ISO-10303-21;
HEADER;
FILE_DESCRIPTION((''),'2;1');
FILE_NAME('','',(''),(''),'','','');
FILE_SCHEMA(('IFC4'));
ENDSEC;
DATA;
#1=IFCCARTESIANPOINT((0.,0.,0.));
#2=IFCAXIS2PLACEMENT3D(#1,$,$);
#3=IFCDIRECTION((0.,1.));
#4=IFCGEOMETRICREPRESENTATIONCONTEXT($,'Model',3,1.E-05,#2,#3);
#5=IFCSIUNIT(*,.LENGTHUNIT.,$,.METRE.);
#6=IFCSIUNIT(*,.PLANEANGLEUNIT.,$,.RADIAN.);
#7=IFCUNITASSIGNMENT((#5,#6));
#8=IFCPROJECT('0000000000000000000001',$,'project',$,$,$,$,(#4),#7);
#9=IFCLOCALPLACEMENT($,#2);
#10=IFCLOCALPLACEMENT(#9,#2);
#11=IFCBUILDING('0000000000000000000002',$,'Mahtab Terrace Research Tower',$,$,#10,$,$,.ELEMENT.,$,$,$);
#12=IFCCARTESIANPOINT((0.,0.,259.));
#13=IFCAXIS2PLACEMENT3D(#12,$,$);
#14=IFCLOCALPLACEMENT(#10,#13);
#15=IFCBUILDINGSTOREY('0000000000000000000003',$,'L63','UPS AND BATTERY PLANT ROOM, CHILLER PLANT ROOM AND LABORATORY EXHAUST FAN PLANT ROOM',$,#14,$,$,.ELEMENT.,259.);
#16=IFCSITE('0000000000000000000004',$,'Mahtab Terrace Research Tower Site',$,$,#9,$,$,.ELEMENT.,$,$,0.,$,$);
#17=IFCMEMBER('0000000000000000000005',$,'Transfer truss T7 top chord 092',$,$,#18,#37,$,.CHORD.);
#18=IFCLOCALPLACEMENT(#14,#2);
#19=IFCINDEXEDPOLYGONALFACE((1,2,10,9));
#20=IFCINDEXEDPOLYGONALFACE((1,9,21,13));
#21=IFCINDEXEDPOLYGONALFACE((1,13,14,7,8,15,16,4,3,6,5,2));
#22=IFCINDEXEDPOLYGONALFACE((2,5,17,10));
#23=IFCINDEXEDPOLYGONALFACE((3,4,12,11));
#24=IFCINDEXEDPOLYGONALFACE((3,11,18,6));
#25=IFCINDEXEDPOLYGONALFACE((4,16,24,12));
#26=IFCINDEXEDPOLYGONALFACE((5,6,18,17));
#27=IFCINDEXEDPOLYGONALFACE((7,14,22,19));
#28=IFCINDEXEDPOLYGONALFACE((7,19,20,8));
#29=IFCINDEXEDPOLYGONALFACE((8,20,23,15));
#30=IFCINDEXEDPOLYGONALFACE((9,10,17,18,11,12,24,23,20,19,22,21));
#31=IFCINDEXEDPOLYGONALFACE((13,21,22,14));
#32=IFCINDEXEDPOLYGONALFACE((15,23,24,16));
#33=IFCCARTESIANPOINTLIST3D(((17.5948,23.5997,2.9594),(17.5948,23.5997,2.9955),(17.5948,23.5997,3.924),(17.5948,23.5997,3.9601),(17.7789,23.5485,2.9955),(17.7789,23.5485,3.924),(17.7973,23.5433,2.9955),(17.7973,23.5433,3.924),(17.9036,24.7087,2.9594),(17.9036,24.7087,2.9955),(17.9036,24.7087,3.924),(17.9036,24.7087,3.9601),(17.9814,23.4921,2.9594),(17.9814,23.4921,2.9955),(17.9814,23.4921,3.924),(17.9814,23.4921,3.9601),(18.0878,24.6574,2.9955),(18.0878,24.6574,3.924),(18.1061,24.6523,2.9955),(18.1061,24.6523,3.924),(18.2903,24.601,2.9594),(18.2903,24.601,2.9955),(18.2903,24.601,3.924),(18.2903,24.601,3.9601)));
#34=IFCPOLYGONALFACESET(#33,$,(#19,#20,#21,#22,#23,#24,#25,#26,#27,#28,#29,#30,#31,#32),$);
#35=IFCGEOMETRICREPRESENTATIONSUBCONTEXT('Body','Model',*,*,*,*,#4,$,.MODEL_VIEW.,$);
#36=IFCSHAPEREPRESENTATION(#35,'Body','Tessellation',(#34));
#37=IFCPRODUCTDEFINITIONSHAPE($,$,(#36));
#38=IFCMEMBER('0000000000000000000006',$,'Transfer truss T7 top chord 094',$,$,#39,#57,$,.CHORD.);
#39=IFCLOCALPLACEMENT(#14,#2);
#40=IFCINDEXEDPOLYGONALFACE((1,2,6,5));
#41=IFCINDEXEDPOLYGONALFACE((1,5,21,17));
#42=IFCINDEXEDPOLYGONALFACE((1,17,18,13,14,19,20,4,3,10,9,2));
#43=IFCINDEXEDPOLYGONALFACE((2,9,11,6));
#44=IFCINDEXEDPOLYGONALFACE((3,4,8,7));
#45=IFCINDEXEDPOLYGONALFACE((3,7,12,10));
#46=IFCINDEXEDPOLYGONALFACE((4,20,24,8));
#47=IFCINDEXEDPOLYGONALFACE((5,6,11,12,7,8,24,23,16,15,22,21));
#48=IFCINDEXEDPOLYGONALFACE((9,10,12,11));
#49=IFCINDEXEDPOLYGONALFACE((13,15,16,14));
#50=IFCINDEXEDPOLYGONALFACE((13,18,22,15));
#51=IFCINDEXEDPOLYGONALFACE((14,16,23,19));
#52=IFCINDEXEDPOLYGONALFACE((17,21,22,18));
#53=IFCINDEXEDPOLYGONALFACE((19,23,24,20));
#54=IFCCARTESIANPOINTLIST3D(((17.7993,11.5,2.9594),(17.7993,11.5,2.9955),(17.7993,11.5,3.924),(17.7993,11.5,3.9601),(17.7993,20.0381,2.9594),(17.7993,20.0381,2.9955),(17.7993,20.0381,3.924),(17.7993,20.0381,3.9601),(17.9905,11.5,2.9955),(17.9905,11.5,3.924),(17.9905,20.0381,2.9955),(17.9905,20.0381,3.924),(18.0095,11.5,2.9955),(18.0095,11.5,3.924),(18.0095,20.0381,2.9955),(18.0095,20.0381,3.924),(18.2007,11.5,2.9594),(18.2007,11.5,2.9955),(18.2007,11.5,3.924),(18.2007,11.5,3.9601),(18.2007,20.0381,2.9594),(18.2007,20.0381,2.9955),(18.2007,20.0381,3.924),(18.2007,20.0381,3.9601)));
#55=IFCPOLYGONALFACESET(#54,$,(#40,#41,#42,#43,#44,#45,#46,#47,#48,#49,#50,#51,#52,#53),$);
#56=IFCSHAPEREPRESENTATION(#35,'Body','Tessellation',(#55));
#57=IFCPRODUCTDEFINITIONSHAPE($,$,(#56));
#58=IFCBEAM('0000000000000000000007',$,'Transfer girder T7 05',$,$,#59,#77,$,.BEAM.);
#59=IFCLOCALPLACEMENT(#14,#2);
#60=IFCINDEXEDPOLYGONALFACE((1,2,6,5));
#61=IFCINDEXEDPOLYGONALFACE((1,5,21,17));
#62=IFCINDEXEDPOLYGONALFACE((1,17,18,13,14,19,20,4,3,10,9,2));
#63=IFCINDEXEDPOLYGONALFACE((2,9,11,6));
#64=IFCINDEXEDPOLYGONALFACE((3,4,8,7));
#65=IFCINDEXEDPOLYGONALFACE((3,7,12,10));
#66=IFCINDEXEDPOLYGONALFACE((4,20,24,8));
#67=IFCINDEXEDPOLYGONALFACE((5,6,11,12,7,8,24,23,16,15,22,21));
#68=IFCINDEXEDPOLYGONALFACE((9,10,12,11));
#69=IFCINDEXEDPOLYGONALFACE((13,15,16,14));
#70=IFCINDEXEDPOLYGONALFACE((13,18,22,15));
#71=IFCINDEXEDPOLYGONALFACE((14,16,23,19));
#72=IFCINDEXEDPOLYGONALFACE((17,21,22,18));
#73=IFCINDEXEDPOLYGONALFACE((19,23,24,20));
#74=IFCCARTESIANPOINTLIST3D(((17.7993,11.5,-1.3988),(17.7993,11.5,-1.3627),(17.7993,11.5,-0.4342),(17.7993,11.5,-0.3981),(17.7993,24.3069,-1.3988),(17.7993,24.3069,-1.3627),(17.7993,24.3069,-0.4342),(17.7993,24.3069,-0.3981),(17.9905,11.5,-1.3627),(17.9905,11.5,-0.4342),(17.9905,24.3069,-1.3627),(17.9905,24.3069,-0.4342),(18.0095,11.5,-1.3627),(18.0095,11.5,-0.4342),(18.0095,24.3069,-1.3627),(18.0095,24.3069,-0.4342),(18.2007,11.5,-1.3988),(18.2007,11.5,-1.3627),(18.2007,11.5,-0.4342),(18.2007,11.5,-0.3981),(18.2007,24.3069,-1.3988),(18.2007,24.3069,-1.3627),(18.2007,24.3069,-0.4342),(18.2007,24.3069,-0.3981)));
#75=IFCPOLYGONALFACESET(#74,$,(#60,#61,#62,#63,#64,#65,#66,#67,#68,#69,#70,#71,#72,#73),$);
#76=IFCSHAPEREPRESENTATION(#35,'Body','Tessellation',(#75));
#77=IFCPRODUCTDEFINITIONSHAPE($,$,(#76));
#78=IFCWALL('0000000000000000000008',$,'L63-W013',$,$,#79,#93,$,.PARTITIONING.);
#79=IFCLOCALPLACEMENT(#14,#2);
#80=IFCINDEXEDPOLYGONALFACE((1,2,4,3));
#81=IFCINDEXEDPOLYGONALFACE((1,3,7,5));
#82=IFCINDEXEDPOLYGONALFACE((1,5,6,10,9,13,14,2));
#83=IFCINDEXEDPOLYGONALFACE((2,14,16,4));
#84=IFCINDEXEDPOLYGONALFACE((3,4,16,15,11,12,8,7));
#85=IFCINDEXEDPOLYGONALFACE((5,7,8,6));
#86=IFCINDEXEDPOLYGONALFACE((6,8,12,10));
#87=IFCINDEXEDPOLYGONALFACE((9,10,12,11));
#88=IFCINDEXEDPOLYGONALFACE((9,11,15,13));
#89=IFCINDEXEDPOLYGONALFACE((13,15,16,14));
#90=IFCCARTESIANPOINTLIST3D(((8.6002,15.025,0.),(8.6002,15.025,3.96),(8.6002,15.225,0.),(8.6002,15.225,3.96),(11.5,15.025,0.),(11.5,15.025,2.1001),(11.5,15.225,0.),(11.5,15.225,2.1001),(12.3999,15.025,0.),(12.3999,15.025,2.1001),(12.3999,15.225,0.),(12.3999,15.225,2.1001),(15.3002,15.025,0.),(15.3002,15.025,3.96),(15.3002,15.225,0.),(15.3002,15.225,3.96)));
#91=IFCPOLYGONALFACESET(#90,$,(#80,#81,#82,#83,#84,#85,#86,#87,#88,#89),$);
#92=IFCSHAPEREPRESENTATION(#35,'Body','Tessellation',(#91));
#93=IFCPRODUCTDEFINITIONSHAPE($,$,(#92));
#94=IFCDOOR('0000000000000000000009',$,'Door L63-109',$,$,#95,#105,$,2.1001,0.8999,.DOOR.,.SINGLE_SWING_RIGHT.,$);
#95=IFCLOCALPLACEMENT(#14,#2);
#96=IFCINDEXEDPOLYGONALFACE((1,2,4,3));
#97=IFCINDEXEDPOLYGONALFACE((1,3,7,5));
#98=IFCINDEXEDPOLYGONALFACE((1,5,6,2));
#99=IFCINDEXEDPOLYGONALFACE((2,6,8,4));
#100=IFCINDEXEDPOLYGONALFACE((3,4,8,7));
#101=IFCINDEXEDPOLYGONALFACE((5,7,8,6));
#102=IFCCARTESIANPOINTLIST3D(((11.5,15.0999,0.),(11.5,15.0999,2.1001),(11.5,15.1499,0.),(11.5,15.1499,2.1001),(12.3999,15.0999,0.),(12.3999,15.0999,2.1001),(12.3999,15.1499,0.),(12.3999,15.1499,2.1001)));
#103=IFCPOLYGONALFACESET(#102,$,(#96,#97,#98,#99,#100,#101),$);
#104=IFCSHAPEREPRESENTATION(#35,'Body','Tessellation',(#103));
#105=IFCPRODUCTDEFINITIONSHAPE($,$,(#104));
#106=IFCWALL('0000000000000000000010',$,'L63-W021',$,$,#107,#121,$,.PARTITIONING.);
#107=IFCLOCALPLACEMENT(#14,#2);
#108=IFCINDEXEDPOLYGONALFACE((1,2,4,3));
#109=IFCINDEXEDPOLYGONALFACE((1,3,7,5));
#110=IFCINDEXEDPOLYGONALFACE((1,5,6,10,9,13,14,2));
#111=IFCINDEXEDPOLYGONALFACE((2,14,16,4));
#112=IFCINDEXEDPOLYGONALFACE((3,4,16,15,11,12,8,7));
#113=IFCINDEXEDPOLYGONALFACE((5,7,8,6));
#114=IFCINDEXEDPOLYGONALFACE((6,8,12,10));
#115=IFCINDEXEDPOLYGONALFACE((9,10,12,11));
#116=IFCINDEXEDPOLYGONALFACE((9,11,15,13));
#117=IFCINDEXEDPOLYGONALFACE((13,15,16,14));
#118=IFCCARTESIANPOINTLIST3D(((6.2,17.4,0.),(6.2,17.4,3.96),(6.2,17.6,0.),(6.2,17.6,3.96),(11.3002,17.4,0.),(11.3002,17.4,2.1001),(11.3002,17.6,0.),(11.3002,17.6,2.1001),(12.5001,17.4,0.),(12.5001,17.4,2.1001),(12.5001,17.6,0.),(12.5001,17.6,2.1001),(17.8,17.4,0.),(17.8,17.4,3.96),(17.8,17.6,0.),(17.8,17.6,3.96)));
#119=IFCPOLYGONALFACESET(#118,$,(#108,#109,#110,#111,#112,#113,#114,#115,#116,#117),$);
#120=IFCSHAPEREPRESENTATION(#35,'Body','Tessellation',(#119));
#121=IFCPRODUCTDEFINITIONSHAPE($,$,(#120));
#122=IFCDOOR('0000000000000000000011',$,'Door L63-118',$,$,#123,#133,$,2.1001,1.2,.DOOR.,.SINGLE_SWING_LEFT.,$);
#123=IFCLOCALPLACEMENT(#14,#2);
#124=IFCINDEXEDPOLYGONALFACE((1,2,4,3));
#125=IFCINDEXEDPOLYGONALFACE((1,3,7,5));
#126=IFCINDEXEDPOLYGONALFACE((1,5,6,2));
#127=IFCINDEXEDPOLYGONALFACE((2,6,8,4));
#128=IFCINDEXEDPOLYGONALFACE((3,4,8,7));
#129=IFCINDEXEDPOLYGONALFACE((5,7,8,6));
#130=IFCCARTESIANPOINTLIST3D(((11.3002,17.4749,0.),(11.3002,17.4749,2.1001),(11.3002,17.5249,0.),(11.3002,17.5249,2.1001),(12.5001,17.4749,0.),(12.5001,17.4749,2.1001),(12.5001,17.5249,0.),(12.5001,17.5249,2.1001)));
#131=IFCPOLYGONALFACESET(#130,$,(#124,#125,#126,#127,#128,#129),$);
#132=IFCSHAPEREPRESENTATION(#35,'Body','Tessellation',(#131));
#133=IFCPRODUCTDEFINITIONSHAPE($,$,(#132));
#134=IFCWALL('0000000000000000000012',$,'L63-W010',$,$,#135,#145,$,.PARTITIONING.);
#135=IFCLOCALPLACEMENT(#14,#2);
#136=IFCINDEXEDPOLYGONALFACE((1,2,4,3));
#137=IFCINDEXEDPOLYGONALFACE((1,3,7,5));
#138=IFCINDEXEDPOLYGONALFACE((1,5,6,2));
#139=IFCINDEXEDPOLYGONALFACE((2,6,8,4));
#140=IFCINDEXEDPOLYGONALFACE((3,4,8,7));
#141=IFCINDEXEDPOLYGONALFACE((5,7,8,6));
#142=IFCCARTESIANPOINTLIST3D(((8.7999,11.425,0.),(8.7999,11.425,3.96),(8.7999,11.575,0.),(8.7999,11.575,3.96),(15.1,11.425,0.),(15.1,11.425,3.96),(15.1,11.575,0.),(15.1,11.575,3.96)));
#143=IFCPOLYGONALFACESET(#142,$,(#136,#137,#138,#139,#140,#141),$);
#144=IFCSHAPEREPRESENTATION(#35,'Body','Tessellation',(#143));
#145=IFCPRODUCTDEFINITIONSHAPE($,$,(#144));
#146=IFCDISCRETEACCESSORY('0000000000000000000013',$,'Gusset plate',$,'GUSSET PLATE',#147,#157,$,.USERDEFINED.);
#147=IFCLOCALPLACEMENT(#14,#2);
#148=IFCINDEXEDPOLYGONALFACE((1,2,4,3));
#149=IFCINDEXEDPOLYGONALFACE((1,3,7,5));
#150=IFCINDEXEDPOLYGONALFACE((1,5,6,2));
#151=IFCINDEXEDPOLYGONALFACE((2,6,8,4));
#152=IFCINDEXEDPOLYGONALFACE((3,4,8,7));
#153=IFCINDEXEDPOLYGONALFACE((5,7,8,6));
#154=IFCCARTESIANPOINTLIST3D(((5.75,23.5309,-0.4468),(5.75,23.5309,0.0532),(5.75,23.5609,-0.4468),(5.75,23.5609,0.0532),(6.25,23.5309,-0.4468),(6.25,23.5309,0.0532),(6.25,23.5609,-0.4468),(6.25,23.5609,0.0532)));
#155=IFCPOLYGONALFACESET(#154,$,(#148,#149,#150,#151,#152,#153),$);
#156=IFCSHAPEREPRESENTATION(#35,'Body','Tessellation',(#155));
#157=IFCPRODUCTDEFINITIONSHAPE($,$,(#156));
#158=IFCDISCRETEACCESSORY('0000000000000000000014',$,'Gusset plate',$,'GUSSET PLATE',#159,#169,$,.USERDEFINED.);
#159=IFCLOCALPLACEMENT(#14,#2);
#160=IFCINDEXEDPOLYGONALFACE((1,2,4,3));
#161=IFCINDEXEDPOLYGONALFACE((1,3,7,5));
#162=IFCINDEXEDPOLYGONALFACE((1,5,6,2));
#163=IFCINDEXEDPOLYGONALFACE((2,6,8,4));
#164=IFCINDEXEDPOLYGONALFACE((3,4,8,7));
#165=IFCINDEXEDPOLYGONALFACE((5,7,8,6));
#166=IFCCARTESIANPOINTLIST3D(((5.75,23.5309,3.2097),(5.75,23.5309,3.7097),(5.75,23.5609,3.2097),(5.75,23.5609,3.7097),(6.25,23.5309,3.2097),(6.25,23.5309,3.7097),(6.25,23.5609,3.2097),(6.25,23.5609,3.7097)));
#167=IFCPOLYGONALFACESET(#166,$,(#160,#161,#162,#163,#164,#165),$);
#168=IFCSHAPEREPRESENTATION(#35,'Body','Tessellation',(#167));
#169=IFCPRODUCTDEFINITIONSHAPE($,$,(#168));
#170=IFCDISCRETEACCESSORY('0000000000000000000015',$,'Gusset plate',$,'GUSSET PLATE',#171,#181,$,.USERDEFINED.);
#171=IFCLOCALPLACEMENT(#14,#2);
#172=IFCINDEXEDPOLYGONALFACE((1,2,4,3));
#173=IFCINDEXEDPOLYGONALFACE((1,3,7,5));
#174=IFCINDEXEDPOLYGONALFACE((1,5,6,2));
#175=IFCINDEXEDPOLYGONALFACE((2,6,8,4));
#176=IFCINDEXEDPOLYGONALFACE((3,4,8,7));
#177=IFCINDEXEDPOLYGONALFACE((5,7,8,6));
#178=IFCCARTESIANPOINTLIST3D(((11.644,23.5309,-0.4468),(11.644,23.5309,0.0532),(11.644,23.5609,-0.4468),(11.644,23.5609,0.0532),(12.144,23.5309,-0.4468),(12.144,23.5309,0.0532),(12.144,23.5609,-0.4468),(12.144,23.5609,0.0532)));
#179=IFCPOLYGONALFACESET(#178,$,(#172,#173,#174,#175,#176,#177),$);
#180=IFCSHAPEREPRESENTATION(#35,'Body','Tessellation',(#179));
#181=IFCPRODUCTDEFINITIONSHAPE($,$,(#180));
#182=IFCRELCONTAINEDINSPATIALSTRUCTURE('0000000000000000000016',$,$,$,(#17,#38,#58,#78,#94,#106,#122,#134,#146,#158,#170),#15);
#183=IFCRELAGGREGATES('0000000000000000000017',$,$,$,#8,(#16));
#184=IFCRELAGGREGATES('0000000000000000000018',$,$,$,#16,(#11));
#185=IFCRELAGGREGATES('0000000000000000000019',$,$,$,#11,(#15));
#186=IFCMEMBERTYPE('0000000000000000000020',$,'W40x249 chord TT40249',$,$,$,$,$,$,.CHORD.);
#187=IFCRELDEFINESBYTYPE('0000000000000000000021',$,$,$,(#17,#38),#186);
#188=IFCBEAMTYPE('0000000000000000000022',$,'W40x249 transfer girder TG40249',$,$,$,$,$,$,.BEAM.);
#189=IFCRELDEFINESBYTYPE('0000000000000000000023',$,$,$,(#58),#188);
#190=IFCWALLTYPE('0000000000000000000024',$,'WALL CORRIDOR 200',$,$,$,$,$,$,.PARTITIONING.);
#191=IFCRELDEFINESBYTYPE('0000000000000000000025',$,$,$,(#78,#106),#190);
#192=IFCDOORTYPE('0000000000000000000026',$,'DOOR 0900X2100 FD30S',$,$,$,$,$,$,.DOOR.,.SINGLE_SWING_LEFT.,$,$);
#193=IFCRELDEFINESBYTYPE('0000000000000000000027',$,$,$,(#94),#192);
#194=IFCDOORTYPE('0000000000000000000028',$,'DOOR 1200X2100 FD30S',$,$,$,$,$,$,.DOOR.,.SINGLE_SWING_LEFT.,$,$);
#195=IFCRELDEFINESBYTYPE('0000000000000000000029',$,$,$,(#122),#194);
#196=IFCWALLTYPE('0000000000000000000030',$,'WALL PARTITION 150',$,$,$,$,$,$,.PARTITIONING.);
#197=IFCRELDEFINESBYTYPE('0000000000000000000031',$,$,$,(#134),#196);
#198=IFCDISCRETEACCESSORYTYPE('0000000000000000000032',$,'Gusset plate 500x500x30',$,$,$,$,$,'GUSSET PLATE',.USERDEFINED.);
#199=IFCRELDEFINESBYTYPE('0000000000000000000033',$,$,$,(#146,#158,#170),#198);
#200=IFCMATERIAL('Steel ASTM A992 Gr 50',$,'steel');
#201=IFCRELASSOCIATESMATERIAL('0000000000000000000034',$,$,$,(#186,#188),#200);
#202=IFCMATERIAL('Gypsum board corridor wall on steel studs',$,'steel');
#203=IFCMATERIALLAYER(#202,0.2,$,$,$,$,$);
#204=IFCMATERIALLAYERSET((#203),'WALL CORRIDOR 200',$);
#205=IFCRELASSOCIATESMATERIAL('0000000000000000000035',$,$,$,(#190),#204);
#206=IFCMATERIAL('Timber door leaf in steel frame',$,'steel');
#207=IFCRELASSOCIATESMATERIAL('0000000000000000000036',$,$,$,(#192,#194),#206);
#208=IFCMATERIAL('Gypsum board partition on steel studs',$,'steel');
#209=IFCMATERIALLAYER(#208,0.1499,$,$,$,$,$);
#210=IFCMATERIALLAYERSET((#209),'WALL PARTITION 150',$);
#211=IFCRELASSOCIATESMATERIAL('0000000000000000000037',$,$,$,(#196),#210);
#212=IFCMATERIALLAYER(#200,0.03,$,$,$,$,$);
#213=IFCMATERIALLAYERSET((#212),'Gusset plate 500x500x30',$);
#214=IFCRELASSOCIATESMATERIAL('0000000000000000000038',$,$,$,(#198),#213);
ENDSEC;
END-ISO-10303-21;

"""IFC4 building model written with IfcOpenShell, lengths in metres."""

from ifc_helpers import new_model, si_unit, direction, frame, frame_2d, origin, origin_2d, place, context, subcontext, project, spatial, rectangle, i_section, extrude, material, layer, layer_set, material_profile, profile_set, type_object, element, fill, save


model = new_model("IFC4")

# Units and contexts
model_context = context("Model", 3, precision=1e-05, world=origin(), true_north=direction((0.0, 1.0)))
body_context = subcontext(model_context, "Body", "Model", "MODEL_VIEW")
ifc_project = project(units=[si_unit("LENGTHUNIT", "METRE"), si_unit("PLANEANGLEUNIT", "RADIAN")], contexts=[model_context])

# Site, building, storey
site_placement = place(None, origin())
site = spatial("IfcSite", under=ifc_project, at=site_placement, Name="Mahtab Terrace Research Tower Site", CompositionType="ELEMENT", RefElevation=0.0)
building_placement = place(site_placement, origin())
building = spatial("IfcBuilding", under=site, at=building_placement, Name="Mahtab Terrace Research Tower", CompositionType="ELEMENT")
storey_placement = place(building_placement, frame((0.0, 0.0, 259.0)))
storey = spatial("IfcBuildingStorey", under=building, at=storey_placement, Name="L63", Description="UPS AND BATTERY PLANT ROOM, CHILLER PLANT ROOM AND LABORATORY EXHAUST FAN PLANT ROOM", CompositionType="ELEMENT", Elevation=259.0)

# Members
ifc_material_1 = material(Name="Steel ASTM A992 Gr 50", Category="steel")
ifc_material_profile_1 = material_profile(ifc_material_1, i_section(OverallWidth=0.4014, OverallDepth=1.0007, WebThickness=0.019, FlangeThickness=0.0361, at=origin_2d()), Name="W40X249")
ifc_profile_set_1 = profile_set([ifc_material_profile_1], Name="Steel ASTM A992 Gr 50")
member_type_1 = type_object("IfcMemberType", Name="W40x249 chord TT40249", PredefinedType="CHORD", material=ifc_profile_set_1)
member_1_placement = place(storey_placement, frame((17.7881, 23.5459, 3.4597), z_axis=(0.2683, 0.963335, 0.0), x_axis=(-0.963335, 0.2683, 0.0)))
element("IfcMember", 1, at=member_1_placement, inside=storey, type_object=member_type_1, Name="Transfer truss T7 top chord 092", PredefinedType="CHORD", context=body_context, shape_type="SweptSolid", body=[
    extrude(i_section(OverallWidth=0.4014, OverallDepth=1.0007, WebThickness=0.019, FlangeThickness=0.0361, at=origin_2d()), origin(), (0.0, 0.0, 1.0), 1.1511),
])
member_2_placement = place(storey_placement, frame((18.0, 11.5, 3.4597), z_axis=(0.0, 1.0, 0.0), x_axis=(-1.0, 0.0, 0.0)))
element("IfcMember", 2, at=member_2_placement, inside=storey, type_object=member_type_1, Name="Transfer truss T7 top chord 094", PredefinedType="CHORD", context=body_context, shape_type="SweptSolid", body=[
    extrude(i_section(OverallWidth=0.4014, OverallDepth=1.0007, WebThickness=0.019, FlangeThickness=0.0361, at=origin_2d()), origin(), (0.0, 0.0, 1.0), 8.5381),
])

# Beam
ifc_material_profile_2 = material_profile(ifc_material_1, i_section(OverallWidth=0.4014, OverallDepth=1.0007, WebThickness=0.019, FlangeThickness=0.0361, at=origin_2d()), Name="W40X249")
ifc_profile_set_2 = profile_set([ifc_material_profile_2], Name="Steel ASTM A992 Gr 50")
beam_type = type_object("IfcBeamType", Name="W40x249 transfer girder TG40249", PredefinedType="BEAM", material=ifc_profile_set_2)
beam_placement = place(storey_placement, frame((18.0, 11.5, -0.8984), z_axis=(0.0, 1.0, 0.0), x_axis=(-1.0, 0.0, 0.0)))
element("IfcBeam", 3, at=beam_placement, inside=storey, type_object=beam_type, Name="Transfer girder T7 05", PredefinedType="BEAM", context=body_context, shape_type="SweptSolid", body=[
    extrude(i_section(OverallWidth=0.4014, OverallDepth=1.0007, WebThickness=0.019, FlangeThickness=0.0361, at=origin_2d()), origin(), (0.0, 0.0, 1.0), 12.8069),
])

# Walls, openings, doors
ifc_material_2 = material(Name="Gypsum board corridor wall on steel studs", Category="steel")
ifc_layer_1 = layer(ifc_material_2, 0.2)
ifc_layer_set_1 = layer_set([ifc_layer_1], Name="WALL CORRIDOR 200")
wall_type_1 = type_object("IfcWallType", Name="WALL CORRIDOR 200", PredefinedType="PARTITIONING", material=ifc_layer_set_1)
wall_1_placement = place(storey_placement, frame((8.6001, 15.125, 0.0), z_axis=(0.0, 0.0, 1.0), x_axis=(1.0, 0.0, 0.0)))
wall_1 = element("IfcWall", 4, at=wall_1_placement, inside=storey, type_object=wall_type_1, Name="L63-W013", PredefinedType="PARTITIONING", context=body_context, shape_type="SweptSolid", body=[
    extrude(rectangle(XDim=6.7, YDim=0.2, at=frame_2d((3.3501, 0.0))), origin(), (0.0, 0.0, 1.0), 3.96),
])
opening_1_placement = place(wall_1_placement, frame((2.8999, 0.0, 0.0)))
opening_1 = element("IfcOpeningElement", 5, at=opening_1_placement, cuts=wall_1, PredefinedType="OPENING", context=body_context, shape_type="SweptSolid", body=[
    extrude(rectangle(XDim=0.8999, YDim=2.1001, at=frame_2d((0.45, 1.05))), frame((0.0, 0.1099, 0.0), z_axis=(0.0, -1.0, 0.0), x_axis=(1.0, 0.0, 0.0)), (0.0, 0.0, 1.0), 0.22),
])
ifc_material_3 = material(Name="Timber door leaf in steel frame", Category="steel")
door_type_1 = type_object("IfcDoorType", Name="DOOR 0900X2100 FD30S", OperationType="SINGLE_SWING_LEFT", PredefinedType="DOOR", material=ifc_material_3)
door_1_placement = place(opening_1_placement, origin())
door_1 = element("IfcDoor", 6, at=door_1_placement, inside=storey, type_object=door_type_1, Name="Door L63-109", OperationType="SINGLE_SWING_RIGHT", OverallHeight=2.1001, OverallWidth=0.8999, PredefinedType="DOOR", context=body_context, shape_type="SweptSolid", body=[
    extrude(rectangle(XDim=0.8999, YDim=2.1001, at=frame_2d((0.45, 1.05))), frame((0.0, 0.0249, 0.0), z_axis=(0.0, -1.0, 0.0), x_axis=(1.0, 0.0, 0.0)), (0.0, 0.0, 1.0), 0.05),
])
fill(opening_1, door_1)
wall_2_placement = place(storey_placement, frame((6.2, 17.5, 0.0), z_axis=(0.0, 0.0, 1.0), x_axis=(1.0, 0.0, 0.0)))
wall_2 = element("IfcWall", 7, at=wall_2_placement, inside=storey, type_object=wall_type_1, Name="L63-W021", PredefinedType="PARTITIONING", context=body_context, shape_type="SweptSolid", body=[
    extrude(rectangle(XDim=11.6001, YDim=0.2, at=frame_2d((5.8, 0.0))), origin(), (0.0, 0.0, 1.0), 3.96),
])
opening_2_placement = place(wall_2_placement, frame((5.1001, 0.0, 0.0)))
opening_2 = element("IfcOpeningElement", 8, at=opening_2_placement, cuts=wall_2, PredefinedType="OPENING", context=body_context, shape_type="SweptSolid", body=[
    extrude(rectangle(XDim=1.2, YDim=2.1001, at=frame_2d((0.6001, 1.05))), frame((0.0, 0.1099, 0.0), z_axis=(0.0, -1.0, 0.0), x_axis=(1.0, 0.0, 0.0)), (0.0, 0.0, 1.0), 0.22),
])
door_type_2 = type_object("IfcDoorType", Name="DOOR 1200X2100 FD30S", OperationType="SINGLE_SWING_LEFT", PredefinedType="DOOR", material=ifc_material_3)
door_2_placement = place(opening_2_placement, origin())
door_2 = element("IfcDoor", 9, at=door_2_placement, inside=storey, type_object=door_type_2, Name="Door L63-118", OperationType="SINGLE_SWING_LEFT", OverallHeight=2.1001, OverallWidth=1.2, PredefinedType="DOOR", context=body_context, shape_type="SweptSolid", body=[
    extrude(rectangle(XDim=1.2, YDim=2.1001, at=frame_2d((0.6001, 1.05))), frame((0.0, 0.0249, 0.0), z_axis=(0.0, -1.0, 0.0), x_axis=(1.0, 0.0, 0.0)), (0.0, 0.0, 1.0), 0.05),
])
fill(opening_2, door_2)

# Wall
ifc_material_4 = material(Name="Gypsum board partition on steel studs", Category="steel")
ifc_layer_2 = layer(ifc_material_4, 0.1499)
ifc_layer_set_2 = layer_set([ifc_layer_2], Name="WALL PARTITION 150")
wall_type_2 = type_object("IfcWallType", Name="WALL PARTITION 150", PredefinedType="PARTITIONING", material=ifc_layer_set_2)
wall_3_placement = place(storey_placement, frame((8.8, 11.5, 0.0), z_axis=(0.0, 0.0, 1.0), x_axis=(1.0, 0.0, 0.0)))
element("IfcWall", 10, at=wall_3_placement, inside=storey, type_object=wall_type_2, Name="L63-W010", PredefinedType="PARTITIONING", context=body_context, shape_type="SweptSolid", body=[
    extrude(rectangle(XDim=6.3, YDim=0.1499, at=frame_2d((3.1499, 0.0))), origin(), (0.0, 0.0, 1.0), 3.96),
])

# Discrete accessories
ifc_layer_3 = layer(ifc_material_1, 0.03)
ifc_layer_set_3 = layer_set([ifc_layer_3], Name="Gusset plate 500x500x30")
discrete_accessory_type = type_object("IfcDiscreteAccessoryType", Name="Gusset plate 500x500x30", ElementType="GUSSET PLATE", PredefinedType="USERDEFINED", material=ifc_layer_set_3)
for number, where, z_axis, x_axis, name in (
    (11, (6.0, 23.5459, -0.4468), (0.0, 0.0, 1.0), (1.0, 0.0, 0.0), "Gusset plate"),
    (12, (6.0, 23.5459, 3.2097), (0.0, 0.0, 1.0), (1.0, 0.0, 0.0), "Gusset plate"),
    (13, (11.894, 23.5459, -0.4468), (0.0, 0.0, 1.0), (1.0, 0.0, 0.0), "Gusset plate"),
):
    element("IfcDiscreteAccessory", number, at=place(storey_placement, frame(where, z_axis=z_axis, x_axis=x_axis)), inside=storey, type_object=discrete_accessory_type, Name=name, ObjectType="GUSSET PLATE", PredefinedType="USERDEFINED", context=body_context, shape_type="SweptSolid", body=[
        extrude(rectangle(XDim=0.5, YDim=0.03, at=origin_2d()), origin(), (0.0, 0.0, 1.0), 0.5),
    ])

save(model, "model.ifc")
